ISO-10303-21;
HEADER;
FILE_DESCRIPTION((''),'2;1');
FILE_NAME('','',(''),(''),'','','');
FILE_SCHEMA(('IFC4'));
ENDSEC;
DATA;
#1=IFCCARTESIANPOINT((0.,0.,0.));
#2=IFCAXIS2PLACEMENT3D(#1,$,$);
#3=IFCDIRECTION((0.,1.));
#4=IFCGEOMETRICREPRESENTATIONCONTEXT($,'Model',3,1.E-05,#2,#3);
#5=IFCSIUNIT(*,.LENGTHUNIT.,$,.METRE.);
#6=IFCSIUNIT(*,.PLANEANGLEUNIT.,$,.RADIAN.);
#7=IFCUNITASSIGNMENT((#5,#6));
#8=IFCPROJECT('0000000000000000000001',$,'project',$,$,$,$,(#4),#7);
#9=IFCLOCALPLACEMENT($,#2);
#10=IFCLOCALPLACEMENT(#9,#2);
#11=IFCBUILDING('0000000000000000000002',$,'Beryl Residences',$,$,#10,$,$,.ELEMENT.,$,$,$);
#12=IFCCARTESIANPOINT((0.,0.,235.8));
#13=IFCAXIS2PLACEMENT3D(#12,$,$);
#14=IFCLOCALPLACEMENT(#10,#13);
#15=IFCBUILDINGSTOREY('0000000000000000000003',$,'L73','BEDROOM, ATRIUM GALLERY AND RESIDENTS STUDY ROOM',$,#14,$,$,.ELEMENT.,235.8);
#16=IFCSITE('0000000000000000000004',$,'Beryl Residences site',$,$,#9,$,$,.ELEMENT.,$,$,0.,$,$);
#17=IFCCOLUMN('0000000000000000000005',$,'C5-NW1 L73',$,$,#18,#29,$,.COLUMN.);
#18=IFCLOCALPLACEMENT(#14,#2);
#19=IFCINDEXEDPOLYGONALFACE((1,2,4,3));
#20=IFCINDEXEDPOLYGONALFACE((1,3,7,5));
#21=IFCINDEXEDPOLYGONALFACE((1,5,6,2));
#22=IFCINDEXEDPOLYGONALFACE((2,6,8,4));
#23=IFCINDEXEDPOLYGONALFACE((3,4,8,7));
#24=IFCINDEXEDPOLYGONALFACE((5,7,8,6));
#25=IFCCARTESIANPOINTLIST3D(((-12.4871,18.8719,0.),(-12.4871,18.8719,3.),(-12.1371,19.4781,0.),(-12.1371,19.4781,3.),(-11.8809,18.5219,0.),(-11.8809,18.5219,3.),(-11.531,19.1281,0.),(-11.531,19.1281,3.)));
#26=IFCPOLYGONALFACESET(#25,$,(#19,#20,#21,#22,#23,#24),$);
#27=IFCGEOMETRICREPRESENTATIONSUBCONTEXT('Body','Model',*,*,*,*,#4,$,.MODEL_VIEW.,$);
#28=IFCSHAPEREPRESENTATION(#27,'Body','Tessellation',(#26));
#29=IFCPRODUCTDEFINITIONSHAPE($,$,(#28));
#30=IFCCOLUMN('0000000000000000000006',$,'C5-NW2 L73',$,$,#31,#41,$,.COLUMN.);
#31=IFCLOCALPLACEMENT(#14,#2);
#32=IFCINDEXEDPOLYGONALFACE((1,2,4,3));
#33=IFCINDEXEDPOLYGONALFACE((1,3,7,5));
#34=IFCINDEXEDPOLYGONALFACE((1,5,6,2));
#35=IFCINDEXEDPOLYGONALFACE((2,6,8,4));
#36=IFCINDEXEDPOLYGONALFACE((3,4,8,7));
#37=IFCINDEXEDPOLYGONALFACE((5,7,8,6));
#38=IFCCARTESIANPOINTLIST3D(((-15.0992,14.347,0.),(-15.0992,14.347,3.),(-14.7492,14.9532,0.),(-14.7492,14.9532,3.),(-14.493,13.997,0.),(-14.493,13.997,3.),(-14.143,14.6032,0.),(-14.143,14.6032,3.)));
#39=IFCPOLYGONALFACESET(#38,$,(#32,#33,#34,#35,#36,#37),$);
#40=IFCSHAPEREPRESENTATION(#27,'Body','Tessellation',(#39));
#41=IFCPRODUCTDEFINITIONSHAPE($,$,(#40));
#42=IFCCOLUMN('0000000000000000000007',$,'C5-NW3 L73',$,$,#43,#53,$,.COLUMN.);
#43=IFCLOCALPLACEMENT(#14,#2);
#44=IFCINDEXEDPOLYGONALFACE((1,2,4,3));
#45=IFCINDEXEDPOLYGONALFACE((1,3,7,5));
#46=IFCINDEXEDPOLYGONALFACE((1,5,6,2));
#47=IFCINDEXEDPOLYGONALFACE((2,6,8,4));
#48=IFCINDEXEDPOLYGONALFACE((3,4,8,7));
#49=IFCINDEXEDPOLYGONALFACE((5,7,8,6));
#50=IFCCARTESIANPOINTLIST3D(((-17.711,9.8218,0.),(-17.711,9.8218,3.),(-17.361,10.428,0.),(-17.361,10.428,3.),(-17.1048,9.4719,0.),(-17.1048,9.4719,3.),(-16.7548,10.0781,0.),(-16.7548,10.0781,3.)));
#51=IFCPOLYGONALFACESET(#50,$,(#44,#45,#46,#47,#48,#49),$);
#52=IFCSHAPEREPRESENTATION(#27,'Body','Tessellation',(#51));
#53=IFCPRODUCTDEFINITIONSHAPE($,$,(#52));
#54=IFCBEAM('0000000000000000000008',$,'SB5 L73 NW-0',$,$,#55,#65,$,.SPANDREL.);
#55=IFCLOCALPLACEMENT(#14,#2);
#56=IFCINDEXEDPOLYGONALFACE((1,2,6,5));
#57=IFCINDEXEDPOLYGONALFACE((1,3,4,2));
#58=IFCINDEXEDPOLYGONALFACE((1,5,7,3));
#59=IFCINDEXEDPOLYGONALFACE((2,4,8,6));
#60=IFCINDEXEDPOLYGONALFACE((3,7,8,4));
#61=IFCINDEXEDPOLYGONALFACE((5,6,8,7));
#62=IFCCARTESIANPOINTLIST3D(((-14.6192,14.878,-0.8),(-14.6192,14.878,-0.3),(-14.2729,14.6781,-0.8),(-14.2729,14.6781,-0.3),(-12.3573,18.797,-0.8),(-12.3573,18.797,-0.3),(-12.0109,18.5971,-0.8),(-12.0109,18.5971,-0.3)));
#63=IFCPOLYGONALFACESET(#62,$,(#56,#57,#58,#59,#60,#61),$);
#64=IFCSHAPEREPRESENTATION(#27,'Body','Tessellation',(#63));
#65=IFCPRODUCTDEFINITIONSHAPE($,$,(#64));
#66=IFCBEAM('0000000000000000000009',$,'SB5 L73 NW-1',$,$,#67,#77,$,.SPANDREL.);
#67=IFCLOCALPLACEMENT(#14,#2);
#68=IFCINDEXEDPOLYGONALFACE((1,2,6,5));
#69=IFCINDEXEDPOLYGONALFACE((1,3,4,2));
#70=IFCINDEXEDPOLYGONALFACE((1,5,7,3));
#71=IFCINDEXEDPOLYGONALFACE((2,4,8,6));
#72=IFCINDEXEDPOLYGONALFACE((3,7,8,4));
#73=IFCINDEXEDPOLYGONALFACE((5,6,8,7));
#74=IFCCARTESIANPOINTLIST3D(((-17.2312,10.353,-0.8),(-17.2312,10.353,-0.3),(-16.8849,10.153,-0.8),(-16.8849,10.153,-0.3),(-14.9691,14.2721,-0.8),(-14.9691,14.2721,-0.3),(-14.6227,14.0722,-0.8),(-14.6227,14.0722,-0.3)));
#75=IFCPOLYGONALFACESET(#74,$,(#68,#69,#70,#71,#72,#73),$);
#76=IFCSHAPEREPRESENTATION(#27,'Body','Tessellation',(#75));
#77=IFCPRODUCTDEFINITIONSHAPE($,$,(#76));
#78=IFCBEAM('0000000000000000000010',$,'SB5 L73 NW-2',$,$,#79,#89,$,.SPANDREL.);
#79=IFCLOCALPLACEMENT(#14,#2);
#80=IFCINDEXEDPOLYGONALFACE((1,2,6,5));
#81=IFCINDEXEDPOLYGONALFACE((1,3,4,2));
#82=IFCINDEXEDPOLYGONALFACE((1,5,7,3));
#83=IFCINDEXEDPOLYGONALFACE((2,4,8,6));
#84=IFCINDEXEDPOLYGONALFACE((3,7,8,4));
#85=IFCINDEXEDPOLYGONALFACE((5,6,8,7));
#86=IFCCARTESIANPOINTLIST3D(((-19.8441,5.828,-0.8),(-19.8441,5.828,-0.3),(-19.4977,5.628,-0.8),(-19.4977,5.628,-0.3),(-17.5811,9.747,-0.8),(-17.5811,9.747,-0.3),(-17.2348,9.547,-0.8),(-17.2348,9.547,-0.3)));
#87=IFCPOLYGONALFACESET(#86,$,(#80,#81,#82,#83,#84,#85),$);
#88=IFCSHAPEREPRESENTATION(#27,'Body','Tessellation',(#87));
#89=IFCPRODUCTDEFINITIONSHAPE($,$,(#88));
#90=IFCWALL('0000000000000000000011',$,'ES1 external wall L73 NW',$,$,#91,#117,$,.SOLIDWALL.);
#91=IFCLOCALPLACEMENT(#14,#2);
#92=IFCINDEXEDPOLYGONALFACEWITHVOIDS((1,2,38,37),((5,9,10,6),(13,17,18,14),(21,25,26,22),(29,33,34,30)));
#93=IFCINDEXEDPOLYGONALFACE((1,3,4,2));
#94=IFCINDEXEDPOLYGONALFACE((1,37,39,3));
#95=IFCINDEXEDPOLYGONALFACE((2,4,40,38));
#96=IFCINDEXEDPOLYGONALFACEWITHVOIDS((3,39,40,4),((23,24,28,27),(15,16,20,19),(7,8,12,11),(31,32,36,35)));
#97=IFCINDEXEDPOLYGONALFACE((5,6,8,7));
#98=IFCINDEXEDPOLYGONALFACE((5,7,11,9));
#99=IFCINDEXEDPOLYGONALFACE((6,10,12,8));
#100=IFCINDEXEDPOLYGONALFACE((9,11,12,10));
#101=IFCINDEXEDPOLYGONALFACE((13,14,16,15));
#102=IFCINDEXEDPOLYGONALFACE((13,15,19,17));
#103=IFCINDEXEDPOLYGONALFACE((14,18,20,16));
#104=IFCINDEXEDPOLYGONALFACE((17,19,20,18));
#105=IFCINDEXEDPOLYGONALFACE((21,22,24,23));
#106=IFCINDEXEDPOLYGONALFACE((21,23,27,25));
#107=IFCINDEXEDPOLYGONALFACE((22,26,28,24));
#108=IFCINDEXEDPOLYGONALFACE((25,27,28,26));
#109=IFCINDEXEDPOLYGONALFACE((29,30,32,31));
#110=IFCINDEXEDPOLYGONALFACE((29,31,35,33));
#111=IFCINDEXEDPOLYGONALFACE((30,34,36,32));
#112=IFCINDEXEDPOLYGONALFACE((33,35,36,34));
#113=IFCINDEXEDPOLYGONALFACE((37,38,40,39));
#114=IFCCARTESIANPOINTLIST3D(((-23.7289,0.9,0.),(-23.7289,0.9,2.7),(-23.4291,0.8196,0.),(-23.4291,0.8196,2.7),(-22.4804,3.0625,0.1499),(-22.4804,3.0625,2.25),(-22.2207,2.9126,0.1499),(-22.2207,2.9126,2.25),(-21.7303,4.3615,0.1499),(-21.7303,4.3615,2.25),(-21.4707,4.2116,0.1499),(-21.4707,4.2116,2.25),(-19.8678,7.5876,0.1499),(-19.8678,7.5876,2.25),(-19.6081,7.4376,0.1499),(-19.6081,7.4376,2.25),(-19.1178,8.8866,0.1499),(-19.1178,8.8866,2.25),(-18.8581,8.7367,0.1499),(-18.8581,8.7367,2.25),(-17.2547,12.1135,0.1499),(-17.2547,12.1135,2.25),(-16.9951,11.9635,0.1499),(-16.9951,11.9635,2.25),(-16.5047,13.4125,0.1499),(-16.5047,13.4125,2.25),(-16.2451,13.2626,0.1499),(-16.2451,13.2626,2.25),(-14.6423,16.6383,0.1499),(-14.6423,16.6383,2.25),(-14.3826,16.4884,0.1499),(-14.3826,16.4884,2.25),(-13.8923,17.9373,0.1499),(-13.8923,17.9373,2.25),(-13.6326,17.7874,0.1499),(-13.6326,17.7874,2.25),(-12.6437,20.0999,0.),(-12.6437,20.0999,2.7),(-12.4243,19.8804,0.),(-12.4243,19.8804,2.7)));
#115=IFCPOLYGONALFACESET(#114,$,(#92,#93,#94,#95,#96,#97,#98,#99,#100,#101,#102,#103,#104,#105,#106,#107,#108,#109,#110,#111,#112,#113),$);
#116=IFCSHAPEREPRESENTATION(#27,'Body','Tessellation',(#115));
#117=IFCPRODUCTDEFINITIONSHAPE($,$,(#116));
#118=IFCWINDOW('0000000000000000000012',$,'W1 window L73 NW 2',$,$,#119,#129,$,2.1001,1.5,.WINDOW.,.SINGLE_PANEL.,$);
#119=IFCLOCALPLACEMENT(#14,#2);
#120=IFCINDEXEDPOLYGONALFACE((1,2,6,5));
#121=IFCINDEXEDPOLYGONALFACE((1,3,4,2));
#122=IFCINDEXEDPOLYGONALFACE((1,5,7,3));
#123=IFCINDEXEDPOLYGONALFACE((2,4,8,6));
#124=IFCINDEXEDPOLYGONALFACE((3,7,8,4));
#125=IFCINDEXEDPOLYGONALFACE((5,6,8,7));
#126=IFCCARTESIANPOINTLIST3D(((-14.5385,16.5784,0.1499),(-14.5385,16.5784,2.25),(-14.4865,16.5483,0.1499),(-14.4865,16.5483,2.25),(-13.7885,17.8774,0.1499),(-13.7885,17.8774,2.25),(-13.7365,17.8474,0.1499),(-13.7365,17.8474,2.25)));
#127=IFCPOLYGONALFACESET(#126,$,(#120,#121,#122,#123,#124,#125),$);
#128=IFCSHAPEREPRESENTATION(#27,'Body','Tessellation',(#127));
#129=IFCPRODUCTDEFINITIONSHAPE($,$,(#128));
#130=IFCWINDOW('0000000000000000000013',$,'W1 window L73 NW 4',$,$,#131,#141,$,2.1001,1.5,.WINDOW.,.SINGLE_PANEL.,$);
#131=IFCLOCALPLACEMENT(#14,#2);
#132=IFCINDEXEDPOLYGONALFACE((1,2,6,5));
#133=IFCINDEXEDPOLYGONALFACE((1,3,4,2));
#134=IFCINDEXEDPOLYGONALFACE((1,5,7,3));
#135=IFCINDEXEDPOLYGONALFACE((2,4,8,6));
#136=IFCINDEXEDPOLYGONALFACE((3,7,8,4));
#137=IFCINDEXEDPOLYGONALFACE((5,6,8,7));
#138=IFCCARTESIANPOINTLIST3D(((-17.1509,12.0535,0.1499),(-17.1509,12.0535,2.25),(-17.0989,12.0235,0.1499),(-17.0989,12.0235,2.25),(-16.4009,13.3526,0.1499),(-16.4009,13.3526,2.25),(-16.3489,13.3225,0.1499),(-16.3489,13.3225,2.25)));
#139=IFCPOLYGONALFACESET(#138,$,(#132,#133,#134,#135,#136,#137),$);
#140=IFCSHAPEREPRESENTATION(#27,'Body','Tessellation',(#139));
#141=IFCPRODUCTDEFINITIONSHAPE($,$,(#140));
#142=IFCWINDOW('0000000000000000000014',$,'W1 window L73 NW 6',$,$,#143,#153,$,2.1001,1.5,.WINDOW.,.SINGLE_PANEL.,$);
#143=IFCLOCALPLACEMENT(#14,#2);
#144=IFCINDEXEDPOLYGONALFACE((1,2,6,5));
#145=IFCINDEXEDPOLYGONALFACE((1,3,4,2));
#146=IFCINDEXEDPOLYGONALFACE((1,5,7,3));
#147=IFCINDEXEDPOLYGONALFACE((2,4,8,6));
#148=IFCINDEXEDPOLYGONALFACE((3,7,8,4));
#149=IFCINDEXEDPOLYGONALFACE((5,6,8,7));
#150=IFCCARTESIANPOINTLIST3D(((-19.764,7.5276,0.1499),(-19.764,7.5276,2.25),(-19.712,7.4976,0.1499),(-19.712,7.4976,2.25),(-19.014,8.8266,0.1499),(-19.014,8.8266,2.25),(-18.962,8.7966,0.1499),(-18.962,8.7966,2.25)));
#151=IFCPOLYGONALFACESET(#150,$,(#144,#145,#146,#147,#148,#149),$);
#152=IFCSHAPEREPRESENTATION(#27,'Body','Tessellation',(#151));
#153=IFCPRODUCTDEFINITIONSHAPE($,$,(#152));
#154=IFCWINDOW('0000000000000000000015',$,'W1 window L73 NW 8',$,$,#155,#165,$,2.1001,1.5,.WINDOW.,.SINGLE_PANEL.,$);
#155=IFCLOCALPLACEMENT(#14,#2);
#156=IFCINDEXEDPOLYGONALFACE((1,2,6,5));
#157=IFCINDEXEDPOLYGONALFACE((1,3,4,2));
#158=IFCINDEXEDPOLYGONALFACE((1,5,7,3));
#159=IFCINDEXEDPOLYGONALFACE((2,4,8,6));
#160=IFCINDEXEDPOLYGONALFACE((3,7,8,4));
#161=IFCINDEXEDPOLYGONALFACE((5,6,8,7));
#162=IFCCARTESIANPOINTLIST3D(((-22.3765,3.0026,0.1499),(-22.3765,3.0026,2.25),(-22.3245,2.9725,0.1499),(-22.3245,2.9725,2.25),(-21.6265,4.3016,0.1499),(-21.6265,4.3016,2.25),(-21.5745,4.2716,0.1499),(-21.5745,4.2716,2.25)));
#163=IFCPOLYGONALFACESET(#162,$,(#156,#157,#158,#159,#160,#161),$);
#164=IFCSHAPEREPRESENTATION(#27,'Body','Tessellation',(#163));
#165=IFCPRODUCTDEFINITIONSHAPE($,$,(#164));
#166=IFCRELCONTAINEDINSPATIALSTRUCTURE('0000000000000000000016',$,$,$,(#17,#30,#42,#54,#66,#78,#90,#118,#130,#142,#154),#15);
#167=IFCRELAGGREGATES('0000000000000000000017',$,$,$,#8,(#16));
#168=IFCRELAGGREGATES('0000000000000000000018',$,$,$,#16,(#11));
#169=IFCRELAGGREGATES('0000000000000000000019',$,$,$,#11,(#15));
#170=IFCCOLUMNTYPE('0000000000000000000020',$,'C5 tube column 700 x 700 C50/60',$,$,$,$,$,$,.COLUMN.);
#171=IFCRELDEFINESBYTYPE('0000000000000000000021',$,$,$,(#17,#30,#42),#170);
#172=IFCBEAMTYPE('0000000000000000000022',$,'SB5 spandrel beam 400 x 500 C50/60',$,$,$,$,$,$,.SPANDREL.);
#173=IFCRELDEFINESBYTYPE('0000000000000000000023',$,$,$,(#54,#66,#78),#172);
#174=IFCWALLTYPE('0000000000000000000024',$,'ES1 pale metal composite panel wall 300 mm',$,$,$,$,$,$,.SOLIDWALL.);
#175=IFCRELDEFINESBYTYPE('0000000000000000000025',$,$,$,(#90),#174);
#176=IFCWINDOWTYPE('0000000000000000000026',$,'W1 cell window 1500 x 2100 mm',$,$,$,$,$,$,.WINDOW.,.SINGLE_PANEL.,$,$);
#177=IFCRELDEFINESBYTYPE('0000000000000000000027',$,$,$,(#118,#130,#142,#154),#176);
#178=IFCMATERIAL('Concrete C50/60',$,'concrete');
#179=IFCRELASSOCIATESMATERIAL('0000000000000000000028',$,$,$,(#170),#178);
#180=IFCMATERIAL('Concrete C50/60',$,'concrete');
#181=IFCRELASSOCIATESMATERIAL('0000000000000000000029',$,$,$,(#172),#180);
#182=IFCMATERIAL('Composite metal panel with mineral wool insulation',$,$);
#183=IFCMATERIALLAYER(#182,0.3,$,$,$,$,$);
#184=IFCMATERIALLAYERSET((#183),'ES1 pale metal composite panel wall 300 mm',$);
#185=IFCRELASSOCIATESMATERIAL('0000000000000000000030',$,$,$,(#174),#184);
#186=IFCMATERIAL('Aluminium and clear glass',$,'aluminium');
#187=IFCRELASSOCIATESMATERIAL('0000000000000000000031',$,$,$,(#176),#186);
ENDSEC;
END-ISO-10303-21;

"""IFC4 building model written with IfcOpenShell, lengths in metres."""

from ifc_helpers import new_model, si_unit, direction, frame, frame_2d, origin, origin_2d, place, context, subcontext, project, spatial, polyline, rectangle, outline, extrude, material, layer, layer_set, material_profile, profile_set, type_object, element, fill, save


model = new_model("IFC4")

# Units and contexts
model_context = context("Model", 3, precision=1e-05, world=origin(), true_north=direction((0.0, 1.0)))
body_context = subcontext(model_context, "Body", "Model", "MODEL_VIEW")
ifc_project = project(units=[si_unit("LENGTHUNIT", "METRE"), si_unit("PLANEANGLEUNIT", "RADIAN")], contexts=[model_context])

# Site, building, storey
site_placement = place(None, origin())
site = spatial("IfcSite", under=ifc_project, at=site_placement, Name="Beryl Residences site", CompositionType="ELEMENT", RefElevation=0.0)
building_placement = place(site_placement, origin())
building = spatial("IfcBuilding", under=site, at=building_placement, Name="Beryl Residences", CompositionType="ELEMENT")
storey_placement = place(building_placement, frame((0.0, 0.0, 235.8)))
storey = spatial("IfcBuildingStorey", under=building, at=storey_placement, Name="L73", Description="BEDROOM, ATRIUM GALLERY AND RESIDENTS STUDY ROOM", CompositionType="ELEMENT", Elevation=235.8)

# Columns
ifc_material_1 = material(Name="Concrete C50/60", Category="concrete")
ifc_material_profile_1 = material_profile(ifc_material_1, rectangle(XDim=0.7, YDim=0.7, at=origin_2d()))
ifc_profile_set_1 = profile_set([ifc_material_profile_1], Name="Concrete C50/60")
column_type = type_object("IfcColumnType", Name="C5 tube column 700 x 700 C50/60", PredefinedType="COLUMN", material=ifc_profile_set_1)
for number, where, z_axis, x_axis, name in (
    (1, (-12.009, 19.0, 0.0), (0.0, 0.0, 1.0), (-0.49997, -0.866043, 0.0), "C5-NW1 L73"),
    (2, (-14.6211, 14.4751, 0.0), (0.0, 0.0, 1.0), (-0.49997, -0.866043, 0.0), "C5-NW2 L73"),
    (3, (-17.2329, 9.95, 0.0), (0.0, 0.0, 1.0), (-0.49997, -0.866043, 0.0), "C5-NW3 L73"),
):
    element("IfcColumn", number, at=place(storey_placement, frame(where, z_axis=z_axis, x_axis=x_axis)), inside=storey, type_object=column_type, Name=name, PredefinedType="COLUMN", context=body_context, shape_type="SweptSolid", body=[
        extrude(rectangle(XDim=0.7, YDim=0.7, at=origin_2d()), origin(), (0.0, 0.0, 1.0), 3.0),
    ])

# Beams
ifc_material_2 = material(Name="Concrete C50/60", Category="concrete")
ifc_material_profile_2 = material_profile(ifc_material_2, rectangle(XDim=0.3999, YDim=0.5, at=origin_2d()))
ifc_profile_set_2 = profile_set([ifc_material_profile_2], Name="Concrete C50/60")
beam_type = type_object("IfcBeamType", Name="SB5 spandrel beam 400 x 500 C50/60", PredefinedType="SPANDREL", material=ifc_profile_set_2)
beam_1_placement = place(storey_placement, frame((-12.1841, 18.697, -0.55), z_axis=(-0.499894, -0.866087, 0.0), x_axis=(0.866087, -0.499894, 0.0)))
element("IfcBeam", 4, at=beam_1_placement, inside=storey, type_object=beam_type, Name="SB5 L73 NW-0", PredefinedType="SPANDREL", context=body_context, shape_type="SweptSolid", body=[
    extrude(rectangle(XDim=0.3999, YDim=0.5, at=origin_2d()), origin(), (0.0, 0.0, 1.0), 4.5249),
])
beam_2_placement = place(storey_placement, frame((-14.7959, 14.1721, -0.55), z_axis=(-0.499911, -0.866077, 0.0), x_axis=(0.866077, -0.499911, 0.0)))
element("IfcBeam", 5, at=beam_2_placement, inside=storey, type_object=beam_type, Name="SB5 L73 NW-1", PredefinedType="SPANDREL", context=body_context, shape_type="SweptSolid", body=[
    extrude(rectangle(XDim=0.3999, YDim=0.5, at=origin_2d()), origin(), (0.0, 0.0, 1.0), 4.5251),
])
beam_3_placement = place(storey_placement, frame((-17.408, 9.647, -0.55), z_axis=(-0.500056, -0.865993, 0.0), x_axis=(0.865993, -0.500056, 0.0)))
element("IfcBeam", 6, at=beam_3_placement, inside=storey, type_object=beam_type, Name="SB5 L73 NW-2", PredefinedType="SPANDREL", context=body_context, shape_type="SweptSolid", body=[
    extrude(rectangle(XDim=0.3999, YDim=0.5, at=origin_2d()), origin(), (0.0, 0.0, 1.0), 4.5254),
])

# Wall, openings, windows
ifc_material_3 = material(Name="Composite metal panel with mineral wool insulation")
ifc_layer_1 = layer(ifc_material_3, 0.3)
ifc_layer_set_1 = layer_set([ifc_layer_1], Name="ES1 pale metal composite panel wall 300 mm")
wall_type_1 = type_object("IfcWallType", Name="ES1 pale metal composite panel wall 300 mm", PredefinedType="SOLIDWALL", material=ifc_layer_set_1)
wall_1_placement = place(storey_placement, frame((-12.5139, 20.0249, 0.0), z_axis=(0.0, 0.0, 1.0), x_axis=(-0.500004, -0.866023, 0.0)))
wall_1 = element("IfcWall", 7, at=wall_1_placement, inside=storey, type_object=wall_type_1, Name="ES1 external wall L73 NW", PredefinedType="SOLIDWALL", context=body_context, shape_type="SweptSolid", body=[
    extrude(outline(polyline([(0.0, -0.1499), (22.1702, -0.1499), (22.0898, 0.1499), (0.0803, 0.1499), (0.0, -0.1499)])), origin(), (0.0, 0.0, 1.0), 2.7),
])
opening_1_placement = place(wall_1_placement, frame((2.4971, 0.0, 0.1499)))
opening_1 = element("IfcOpeningElement", 8, at=opening_1_placement, cuts=wall_1, PredefinedType="OPENING", context=body_context, shape_type="SweptSolid", body=[
    extrude(rectangle(XDim=1.5, YDim=2.1001, at=frame_2d((0.75, 1.05))), frame((0.0, 0.1599, 0.0), z_axis=(0.0, -1.0, 0.0), x_axis=(1.0, 0.0, 0.0)), (0.0, 0.0, 1.0), 0.3201),
])
opening_2_placement = place(wall_1_placement, frame((7.7219, 0.0, 0.1499)))
opening_2 = element("IfcOpeningElement", 9, at=opening_2_placement, cuts=wall_1, PredefinedType="OPENING", context=body_context, shape_type="SweptSolid", body=[
    extrude(rectangle(XDim=1.5, YDim=2.1001, at=frame_2d((0.75, 1.05))), frame((0.0, 0.1599, 0.0), z_axis=(0.0, -1.0, 0.0), x_axis=(1.0, 0.0, 0.0)), (0.0, 0.0, 1.0), 0.3201),
])
opening_3_placement = place(wall_1_placement, frame((12.948, 0.0, 0.1499)))
opening_3 = element("IfcOpeningElement", 10, at=opening_3_placement, cuts=wall_1, PredefinedType="OPENING", context=body_context, shape_type="SweptSolid", body=[
    extrude(rectangle(XDim=1.5, YDim=2.1001, at=frame_2d((0.75, 1.05))), frame((0.0, 0.1599, 0.0), z_axis=(0.0, -1.0, 0.0), x_axis=(1.0, 0.0, 0.0)), (0.0, 0.0, 1.0), 0.3201),
])
opening_4_placement = place(wall_1_placement, frame((18.1731, 0.0, 0.1499)))
opening_4 = element("IfcOpeningElement", 11, at=opening_4_placement, cuts=wall_1, PredefinedType="OPENING", context=body_context, shape_type="SweptSolid", body=[
    extrude(rectangle(XDim=1.5, YDim=2.1001, at=frame_2d((0.75, 1.05))), frame((0.0, 0.1599, 0.0), z_axis=(0.0, -1.0, 0.0), x_axis=(1.0, 0.0, 0.0)), (0.0, 0.0, 1.0), 0.3201),
])
ifc_material_4 = material(Name="Aluminium and clear glass", Category="aluminium")
window_type = type_object("IfcWindowType", Name="W1 cell window 1500 x 2100 mm", PartitioningType="SINGLE_PANEL", PredefinedType="WINDOW", material=ifc_material_4)
window_1_placement = place(opening_1_placement, origin())
window_1 = element("IfcWindow", 12, at=window_1_placement, inside=storey, type_object=window_type, Name="W1 window L73 NW 2", OverallHeight=2.1001, OverallWidth=1.5, PartitioningType="SINGLE_PANEL", PredefinedType="WINDOW", context=body_context, shape_type="SweptSolid", body=[
    extrude(rectangle(XDim=1.5, YDim=2.1001, at=frame_2d((0.75, 1.05))), frame((0.0, 0.03, 0.0), z_axis=(0.0, -1.0, 0.0), x_axis=(1.0, 0.0, 0.0)), (0.0, 0.0, 1.0), 0.0601),
])
fill(opening_1, window_1)
window_2_placement = place(opening_2_placement, origin())
window_2 = element("IfcWindow", 13, at=window_2_placement, inside=storey, type_object=window_type, Name="W1 window L73 NW 4", OverallHeight=2.1001, OverallWidth=1.5, PartitioningType="SINGLE_PANEL", PredefinedType="WINDOW", context=body_context, shape_type="SweptSolid", body=[
    extrude(rectangle(XDim=1.5, YDim=2.1001, at=frame_2d((0.75, 1.05))), frame((0.0, 0.03, 0.0), z_axis=(0.0, -1.0, 0.0), x_axis=(1.0, 0.0, 0.0)), (0.0, 0.0, 1.0), 0.0601),
])
fill(opening_2, window_2)
window_3_placement = place(opening_3_placement, origin())
window_3 = element("IfcWindow", 14, at=window_3_placement, inside=storey, type_object=window_type, Name="W1 window L73 NW 6", OverallHeight=2.1001, OverallWidth=1.5, PartitioningType="SINGLE_PANEL", PredefinedType="WINDOW", context=body_context, shape_type="SweptSolid", body=[
    extrude(rectangle(XDim=1.5, YDim=2.1001, at=frame_2d((0.75, 1.05))), frame((0.0, 0.03, 0.0), z_axis=(0.0, -1.0, 0.0), x_axis=(1.0, 0.0, 0.0)), (0.0, 0.0, 1.0), 0.0601),
])
fill(opening_3, window_3)
window_4_placement = place(opening_4_placement, origin())
window_4 = element("IfcWindow", 15, at=window_4_placement, inside=storey, type_object=window_type, Name="W1 window L73 NW 8", OverallHeight=2.1001, OverallWidth=1.5, PartitioningType="SINGLE_PANEL", PredefinedType="WINDOW", context=body_context, shape_type="SweptSolid", body=[
    extrude(rectangle(XDim=1.5, YDim=2.1001, at=frame_2d((0.75, 1.05))), frame((0.0, 0.03, 0.0), z_axis=(0.0, -1.0, 0.0), x_axis=(1.0, 0.0, 0.0)), (0.0, 0.0, 1.0), 0.0601),
])
fill(opening_4, window_4)

save(model, "model.ifc")
